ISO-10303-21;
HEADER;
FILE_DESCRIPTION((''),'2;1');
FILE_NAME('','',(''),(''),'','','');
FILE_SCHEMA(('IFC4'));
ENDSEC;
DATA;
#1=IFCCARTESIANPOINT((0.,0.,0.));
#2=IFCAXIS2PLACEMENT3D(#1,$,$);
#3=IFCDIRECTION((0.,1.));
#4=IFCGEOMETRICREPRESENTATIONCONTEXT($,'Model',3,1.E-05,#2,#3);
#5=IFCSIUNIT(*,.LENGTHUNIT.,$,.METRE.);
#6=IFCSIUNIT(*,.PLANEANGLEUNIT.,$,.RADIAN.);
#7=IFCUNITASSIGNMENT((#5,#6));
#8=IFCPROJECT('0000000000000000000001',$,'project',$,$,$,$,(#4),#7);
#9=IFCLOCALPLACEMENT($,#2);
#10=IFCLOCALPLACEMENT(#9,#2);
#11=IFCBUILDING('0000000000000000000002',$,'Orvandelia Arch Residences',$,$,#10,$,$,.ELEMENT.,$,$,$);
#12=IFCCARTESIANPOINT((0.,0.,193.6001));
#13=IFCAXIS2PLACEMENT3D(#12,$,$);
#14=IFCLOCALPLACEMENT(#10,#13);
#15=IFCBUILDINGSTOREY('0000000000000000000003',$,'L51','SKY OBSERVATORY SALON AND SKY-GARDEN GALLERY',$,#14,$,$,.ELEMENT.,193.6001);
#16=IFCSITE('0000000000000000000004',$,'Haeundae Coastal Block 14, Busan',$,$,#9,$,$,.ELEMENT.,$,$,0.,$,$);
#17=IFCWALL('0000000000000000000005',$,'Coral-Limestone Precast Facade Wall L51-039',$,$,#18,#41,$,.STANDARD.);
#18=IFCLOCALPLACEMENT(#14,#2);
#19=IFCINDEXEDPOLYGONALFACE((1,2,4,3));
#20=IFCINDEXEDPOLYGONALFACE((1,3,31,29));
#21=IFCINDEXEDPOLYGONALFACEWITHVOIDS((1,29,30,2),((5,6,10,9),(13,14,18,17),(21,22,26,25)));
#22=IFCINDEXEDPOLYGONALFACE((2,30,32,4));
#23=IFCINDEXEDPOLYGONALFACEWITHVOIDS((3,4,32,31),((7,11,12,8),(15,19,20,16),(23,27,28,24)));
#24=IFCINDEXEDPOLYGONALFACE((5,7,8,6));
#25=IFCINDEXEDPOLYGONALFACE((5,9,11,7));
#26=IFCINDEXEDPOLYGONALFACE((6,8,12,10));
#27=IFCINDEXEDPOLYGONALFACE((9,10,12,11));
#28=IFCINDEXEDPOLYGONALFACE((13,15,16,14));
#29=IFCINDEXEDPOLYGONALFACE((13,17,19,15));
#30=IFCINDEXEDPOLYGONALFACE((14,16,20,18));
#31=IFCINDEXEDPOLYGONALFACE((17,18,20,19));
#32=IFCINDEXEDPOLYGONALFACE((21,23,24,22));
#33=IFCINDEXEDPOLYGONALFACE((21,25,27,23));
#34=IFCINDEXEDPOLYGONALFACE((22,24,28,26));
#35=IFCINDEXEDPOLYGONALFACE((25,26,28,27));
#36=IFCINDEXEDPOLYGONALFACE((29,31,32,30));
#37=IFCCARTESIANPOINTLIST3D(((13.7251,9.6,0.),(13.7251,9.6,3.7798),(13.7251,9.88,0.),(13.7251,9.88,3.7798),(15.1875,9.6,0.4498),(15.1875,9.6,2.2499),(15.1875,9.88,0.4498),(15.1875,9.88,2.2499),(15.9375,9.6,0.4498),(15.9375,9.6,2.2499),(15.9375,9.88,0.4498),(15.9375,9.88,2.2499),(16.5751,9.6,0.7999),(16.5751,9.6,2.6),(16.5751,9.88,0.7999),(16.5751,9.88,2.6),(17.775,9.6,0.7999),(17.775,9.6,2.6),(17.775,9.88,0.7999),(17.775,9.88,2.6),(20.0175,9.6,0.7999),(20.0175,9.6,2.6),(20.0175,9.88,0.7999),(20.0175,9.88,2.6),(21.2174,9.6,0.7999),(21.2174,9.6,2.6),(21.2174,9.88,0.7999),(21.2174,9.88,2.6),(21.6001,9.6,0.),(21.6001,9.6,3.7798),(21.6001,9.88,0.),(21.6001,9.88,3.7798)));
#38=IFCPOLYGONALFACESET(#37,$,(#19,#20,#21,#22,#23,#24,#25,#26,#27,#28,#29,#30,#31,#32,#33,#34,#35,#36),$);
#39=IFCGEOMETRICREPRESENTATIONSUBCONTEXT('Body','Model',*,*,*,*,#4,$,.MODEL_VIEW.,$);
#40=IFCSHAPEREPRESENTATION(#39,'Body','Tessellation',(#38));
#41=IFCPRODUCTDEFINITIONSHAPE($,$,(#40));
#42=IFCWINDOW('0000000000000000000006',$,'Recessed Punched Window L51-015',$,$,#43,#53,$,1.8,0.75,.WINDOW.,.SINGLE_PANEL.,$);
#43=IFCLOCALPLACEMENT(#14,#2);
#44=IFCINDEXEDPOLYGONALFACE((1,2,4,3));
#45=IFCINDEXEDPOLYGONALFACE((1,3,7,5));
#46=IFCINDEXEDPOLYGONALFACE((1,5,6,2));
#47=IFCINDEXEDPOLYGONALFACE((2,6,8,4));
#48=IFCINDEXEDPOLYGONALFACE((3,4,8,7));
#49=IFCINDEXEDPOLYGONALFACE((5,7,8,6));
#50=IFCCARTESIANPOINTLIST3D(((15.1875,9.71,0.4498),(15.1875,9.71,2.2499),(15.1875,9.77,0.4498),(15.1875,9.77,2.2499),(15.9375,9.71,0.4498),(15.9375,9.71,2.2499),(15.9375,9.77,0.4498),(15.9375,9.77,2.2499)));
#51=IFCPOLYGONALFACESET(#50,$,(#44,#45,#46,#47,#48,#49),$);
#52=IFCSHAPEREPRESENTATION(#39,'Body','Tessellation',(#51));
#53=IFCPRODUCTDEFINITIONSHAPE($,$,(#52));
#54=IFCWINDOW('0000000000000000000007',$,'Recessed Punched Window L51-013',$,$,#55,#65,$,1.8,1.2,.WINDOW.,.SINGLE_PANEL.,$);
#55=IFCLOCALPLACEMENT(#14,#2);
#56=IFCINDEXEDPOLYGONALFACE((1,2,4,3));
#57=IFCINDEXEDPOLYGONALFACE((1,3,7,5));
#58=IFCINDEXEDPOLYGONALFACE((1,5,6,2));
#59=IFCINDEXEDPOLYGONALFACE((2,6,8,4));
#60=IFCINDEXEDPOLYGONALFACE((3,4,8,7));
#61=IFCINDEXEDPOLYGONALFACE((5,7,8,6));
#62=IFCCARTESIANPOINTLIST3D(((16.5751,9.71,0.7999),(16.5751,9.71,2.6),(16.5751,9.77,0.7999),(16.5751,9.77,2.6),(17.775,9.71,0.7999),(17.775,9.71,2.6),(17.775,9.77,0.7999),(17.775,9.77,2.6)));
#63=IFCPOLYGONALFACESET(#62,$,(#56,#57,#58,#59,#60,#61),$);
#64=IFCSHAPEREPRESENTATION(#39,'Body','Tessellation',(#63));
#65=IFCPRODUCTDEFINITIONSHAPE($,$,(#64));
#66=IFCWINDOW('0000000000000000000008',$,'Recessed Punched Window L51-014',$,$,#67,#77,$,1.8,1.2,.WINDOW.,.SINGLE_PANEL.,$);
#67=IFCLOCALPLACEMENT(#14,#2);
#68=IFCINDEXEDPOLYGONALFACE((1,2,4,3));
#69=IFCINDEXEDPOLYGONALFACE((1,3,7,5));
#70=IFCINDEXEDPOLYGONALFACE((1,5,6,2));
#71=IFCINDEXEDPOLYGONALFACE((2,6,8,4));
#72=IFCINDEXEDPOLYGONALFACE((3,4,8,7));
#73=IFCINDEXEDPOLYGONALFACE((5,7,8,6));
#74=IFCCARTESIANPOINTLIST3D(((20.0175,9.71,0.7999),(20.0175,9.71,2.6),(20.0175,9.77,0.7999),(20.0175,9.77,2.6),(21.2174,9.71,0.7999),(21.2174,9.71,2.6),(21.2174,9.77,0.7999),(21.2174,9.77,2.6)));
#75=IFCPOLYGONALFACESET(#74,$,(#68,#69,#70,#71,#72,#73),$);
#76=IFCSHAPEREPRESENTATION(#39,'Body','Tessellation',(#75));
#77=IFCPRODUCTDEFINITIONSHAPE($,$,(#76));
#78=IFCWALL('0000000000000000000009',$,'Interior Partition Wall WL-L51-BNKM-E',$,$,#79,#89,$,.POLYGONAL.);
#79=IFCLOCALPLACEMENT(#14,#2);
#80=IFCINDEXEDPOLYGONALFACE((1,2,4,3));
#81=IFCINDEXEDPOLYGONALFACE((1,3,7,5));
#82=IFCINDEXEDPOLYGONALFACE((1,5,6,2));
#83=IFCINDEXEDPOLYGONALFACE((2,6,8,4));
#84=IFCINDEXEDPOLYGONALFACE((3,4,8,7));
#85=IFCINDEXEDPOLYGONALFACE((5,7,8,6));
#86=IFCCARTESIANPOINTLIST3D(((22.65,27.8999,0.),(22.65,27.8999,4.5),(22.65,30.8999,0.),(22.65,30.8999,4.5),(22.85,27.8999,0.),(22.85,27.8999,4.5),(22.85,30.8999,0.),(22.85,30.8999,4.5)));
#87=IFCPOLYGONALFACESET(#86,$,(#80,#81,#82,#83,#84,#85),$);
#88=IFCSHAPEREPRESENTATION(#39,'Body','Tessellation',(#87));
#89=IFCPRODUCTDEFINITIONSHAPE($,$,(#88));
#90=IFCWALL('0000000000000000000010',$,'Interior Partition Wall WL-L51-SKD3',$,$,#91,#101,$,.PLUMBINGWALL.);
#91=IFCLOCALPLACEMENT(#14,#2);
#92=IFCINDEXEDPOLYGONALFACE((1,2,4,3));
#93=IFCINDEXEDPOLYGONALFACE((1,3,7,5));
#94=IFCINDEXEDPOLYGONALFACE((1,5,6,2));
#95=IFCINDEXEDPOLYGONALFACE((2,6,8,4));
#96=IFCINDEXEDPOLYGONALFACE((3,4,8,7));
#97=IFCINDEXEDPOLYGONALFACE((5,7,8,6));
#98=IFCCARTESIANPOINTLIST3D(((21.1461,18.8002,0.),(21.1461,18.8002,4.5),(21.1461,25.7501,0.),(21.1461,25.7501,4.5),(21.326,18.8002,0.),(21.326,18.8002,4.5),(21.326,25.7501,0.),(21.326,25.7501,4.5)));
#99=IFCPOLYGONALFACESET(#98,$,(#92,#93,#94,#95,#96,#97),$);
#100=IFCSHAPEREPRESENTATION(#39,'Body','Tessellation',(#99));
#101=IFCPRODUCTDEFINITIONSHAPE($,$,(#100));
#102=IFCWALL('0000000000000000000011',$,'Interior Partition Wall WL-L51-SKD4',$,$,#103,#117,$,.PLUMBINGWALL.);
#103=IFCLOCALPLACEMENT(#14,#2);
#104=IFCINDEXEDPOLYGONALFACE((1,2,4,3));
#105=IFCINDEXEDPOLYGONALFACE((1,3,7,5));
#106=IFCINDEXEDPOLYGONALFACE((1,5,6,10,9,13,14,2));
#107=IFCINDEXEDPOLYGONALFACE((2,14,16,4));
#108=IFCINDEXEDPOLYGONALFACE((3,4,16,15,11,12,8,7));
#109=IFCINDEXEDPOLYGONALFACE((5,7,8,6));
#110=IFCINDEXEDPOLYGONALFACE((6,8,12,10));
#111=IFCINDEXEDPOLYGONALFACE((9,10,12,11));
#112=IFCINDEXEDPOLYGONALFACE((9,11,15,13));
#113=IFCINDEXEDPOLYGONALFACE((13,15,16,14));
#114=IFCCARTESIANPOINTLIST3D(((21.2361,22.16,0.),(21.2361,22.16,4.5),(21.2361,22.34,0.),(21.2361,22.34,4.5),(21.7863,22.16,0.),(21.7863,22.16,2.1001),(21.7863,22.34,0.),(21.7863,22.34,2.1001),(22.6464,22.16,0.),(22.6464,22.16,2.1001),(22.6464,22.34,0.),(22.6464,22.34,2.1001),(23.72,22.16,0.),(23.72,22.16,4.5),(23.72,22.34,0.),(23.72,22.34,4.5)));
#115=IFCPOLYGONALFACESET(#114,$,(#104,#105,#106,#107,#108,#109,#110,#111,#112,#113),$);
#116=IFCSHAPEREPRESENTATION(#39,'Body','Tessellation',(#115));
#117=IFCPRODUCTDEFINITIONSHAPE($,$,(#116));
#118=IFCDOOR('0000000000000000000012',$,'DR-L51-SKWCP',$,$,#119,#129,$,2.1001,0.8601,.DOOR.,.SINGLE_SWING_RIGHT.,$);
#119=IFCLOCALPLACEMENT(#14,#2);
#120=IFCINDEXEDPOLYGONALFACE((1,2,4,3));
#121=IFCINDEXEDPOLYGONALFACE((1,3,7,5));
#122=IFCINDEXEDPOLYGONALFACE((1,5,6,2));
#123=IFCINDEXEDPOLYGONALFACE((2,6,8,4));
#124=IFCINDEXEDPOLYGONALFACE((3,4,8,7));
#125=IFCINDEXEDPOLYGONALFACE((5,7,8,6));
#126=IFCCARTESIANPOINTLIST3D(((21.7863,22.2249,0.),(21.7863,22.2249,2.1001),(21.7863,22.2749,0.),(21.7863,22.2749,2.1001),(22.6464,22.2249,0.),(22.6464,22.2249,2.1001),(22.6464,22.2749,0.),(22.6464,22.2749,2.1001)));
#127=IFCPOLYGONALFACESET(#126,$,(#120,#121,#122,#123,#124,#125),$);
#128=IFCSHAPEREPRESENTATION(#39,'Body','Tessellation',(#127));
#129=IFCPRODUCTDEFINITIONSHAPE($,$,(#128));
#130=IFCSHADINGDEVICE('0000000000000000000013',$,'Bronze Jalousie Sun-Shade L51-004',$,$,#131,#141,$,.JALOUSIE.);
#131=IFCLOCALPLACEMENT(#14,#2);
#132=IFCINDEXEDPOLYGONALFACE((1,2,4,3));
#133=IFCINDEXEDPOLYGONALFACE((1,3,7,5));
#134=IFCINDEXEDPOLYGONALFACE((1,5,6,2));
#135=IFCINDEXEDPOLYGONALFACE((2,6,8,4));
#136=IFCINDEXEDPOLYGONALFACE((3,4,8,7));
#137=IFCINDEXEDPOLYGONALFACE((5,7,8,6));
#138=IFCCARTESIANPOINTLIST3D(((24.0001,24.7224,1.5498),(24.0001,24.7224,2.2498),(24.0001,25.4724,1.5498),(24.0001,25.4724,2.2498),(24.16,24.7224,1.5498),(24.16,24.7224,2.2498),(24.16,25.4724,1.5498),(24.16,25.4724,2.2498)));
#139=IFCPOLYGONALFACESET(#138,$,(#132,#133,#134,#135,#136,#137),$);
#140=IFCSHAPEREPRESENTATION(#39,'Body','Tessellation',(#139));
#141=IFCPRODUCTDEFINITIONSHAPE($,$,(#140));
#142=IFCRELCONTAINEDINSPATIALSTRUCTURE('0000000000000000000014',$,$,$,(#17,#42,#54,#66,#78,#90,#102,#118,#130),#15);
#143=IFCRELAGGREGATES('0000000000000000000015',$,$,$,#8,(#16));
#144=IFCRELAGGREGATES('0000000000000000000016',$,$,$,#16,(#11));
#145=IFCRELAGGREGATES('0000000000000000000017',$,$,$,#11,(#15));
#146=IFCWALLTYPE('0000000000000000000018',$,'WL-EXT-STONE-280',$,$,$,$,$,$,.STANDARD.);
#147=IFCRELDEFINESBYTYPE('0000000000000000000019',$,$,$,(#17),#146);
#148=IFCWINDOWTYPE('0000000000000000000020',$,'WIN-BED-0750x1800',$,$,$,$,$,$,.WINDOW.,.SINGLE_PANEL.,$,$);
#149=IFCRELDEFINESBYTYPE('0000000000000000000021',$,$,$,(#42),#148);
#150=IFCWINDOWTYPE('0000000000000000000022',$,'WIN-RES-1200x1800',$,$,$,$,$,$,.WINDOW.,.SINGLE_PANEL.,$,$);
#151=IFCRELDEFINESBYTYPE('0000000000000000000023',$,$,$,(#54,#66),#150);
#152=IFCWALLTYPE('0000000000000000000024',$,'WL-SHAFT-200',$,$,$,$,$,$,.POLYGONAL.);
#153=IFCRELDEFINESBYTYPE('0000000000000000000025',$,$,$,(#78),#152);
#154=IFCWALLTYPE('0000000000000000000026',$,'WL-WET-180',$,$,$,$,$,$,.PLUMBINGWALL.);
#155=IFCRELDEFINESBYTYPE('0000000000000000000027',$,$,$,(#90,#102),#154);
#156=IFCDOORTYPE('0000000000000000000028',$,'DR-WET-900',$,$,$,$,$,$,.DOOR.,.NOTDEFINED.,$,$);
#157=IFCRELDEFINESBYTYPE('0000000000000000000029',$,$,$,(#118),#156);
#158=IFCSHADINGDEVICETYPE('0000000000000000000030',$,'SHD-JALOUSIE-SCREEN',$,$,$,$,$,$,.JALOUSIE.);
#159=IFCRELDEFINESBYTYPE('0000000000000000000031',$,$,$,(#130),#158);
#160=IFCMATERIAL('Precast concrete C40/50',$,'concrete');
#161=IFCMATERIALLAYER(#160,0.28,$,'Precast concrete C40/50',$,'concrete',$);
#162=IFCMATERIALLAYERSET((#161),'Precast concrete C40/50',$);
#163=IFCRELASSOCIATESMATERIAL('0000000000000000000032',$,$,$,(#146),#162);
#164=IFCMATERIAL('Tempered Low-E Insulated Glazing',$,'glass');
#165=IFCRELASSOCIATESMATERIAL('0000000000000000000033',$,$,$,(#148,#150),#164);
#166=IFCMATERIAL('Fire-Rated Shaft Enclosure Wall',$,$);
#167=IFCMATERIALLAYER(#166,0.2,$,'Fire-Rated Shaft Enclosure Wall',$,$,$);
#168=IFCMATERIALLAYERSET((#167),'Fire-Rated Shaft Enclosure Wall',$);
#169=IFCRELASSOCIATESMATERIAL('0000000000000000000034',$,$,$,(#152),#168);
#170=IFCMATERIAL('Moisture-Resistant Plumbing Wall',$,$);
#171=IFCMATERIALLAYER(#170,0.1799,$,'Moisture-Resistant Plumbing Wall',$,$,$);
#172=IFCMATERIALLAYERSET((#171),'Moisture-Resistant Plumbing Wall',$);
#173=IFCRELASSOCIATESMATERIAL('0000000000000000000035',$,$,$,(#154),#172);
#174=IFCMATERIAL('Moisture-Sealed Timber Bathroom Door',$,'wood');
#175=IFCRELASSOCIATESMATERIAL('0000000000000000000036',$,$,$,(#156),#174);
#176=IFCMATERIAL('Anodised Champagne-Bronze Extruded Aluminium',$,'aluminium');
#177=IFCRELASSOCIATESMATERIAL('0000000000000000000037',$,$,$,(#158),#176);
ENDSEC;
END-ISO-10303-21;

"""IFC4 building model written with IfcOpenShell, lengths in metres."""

from ifc_helpers import new_model, si_unit, direction, frame, frame_2d, origin, origin_2d, place, context, subcontext, project, spatial, rectangle, extrude, material, layer, layer_set, type_object, element, fill, save


model = new_model("IFC4")

# Units and contexts
model_context = context("Model", 3, precision=1e-05, world=origin(), true_north=direction((0.0, 1.0)))
body_context = subcontext(model_context, "Body", "Model", "MODEL_VIEW")
ifc_project = project(units=[si_unit("LENGTHUNIT", "METRE"), si_unit("PLANEANGLEUNIT", "RADIAN")], contexts=[model_context])

# Site, building, storey
site_placement = place(None, origin())
site = spatial("IfcSite", under=ifc_project, at=site_placement, Name="Haeundae Coastal Block 14, Busan", CompositionType="ELEMENT", RefElevation=0.0)
building_placement = place(site_placement, origin())
building = spatial("IfcBuilding", under=site, at=building_placement, Name="Orvandelia Arch Residences", CompositionType="ELEMENT")
storey_placement = place(building_placement, frame((0.0, 0.0, 193.6001)))
storey = spatial("IfcBuildingStorey", under=building, at=storey_placement, Name="L51", Description="SKY OBSERVATORY SALON AND SKY-GARDEN GALLERY", CompositionType="ELEMENT", Elevation=193.6001)

# Shared definitions
ifc_material_1 = material(Name="Precast concrete C40/50", Category="concrete")
ifc_layer_1 = layer(ifc_material_1, 0.28, Name="Precast concrete C40/50", Category="concrete")
ifc_layer_set_1 = layer_set([ifc_layer_1], Name="Precast concrete C40/50")
wall_type_1 = type_object("IfcWallType", Name="WL-EXT-STONE-280", PredefinedType="STANDARD", material=ifc_layer_set_1)

# Shared definitions
ifc_material_2 = material(Name="Tempered Low-E Insulated Glazing", Category="glass")
window_type_1 = type_object("IfcWindowType", Name="WIN-BED-0750x1800", PartitioningType="SINGLE_PANEL", PredefinedType="WINDOW", material=ifc_material_2)

# Wall, openings, windows
wall_1_placement = place(storey_placement, frame((21.6001, 9.74, 0.0), z_axis=(0.0, 0.0, 1.0), x_axis=(-1.0, 0.0, 0.0)))
wall_1 = element("IfcWall", 1, at=wall_1_placement, inside=storey, type_object=wall_type_1, Name="Coral-Limestone Precast Facade Wall L51-039", PredefinedType="STANDARD", context=body_context, shape_type="SweptSolid", body=[
    extrude(rectangle(XDim=7.875, YDim=0.28, at=frame_2d((3.9375, 0.0))), origin(), (0.0, 0.0, 1.0), 3.7798),
])
opening_1_placement = place(wall_1_placement, frame((3.825, 0.0, 0.8)))
opening_1 = element("IfcOpeningElement", 2, at=opening_1_placement, cuts=wall_1, PredefinedType="OPENING", context=body_context, shape_type="SweptSolid", body=[
    extrude(rectangle(XDim=1.2, YDim=1.8, at=frame_2d((0.6001, 0.8999))), frame((0.0, 0.1499, 0.0), z_axis=(0.0, -1.0, 0.0), x_axis=(1.0, 0.0, 0.0)), (0.0, 0.0, 1.0), 0.3),
])
opening_2_placement = place(wall_1_placement, frame((0.3826, 0.0, 0.8)))
opening_2 = element("IfcOpeningElement", 3, at=opening_2_placement, cuts=wall_1, PredefinedType="OPENING", context=body_context, shape_type="SweptSolid", body=[
    extrude(rectangle(XDim=1.2, YDim=1.8, at=frame_2d((0.6001, 0.8999))), frame((0.0, 0.1499, 0.0), z_axis=(0.0, -1.0, 0.0), x_axis=(1.0, 0.0, 0.0)), (0.0, 0.0, 1.0), 0.3),
])
opening_3_placement = place(wall_1_placement, frame((5.6626, 0.0, 0.45)))
opening_3 = element("IfcOpeningElement", 4, at=opening_3_placement, cuts=wall_1, PredefinedType="OPENING", context=body_context, shape_type="SweptSolid", body=[
    extrude(rectangle(XDim=0.75, YDim=1.8, at=frame_2d((0.375, 0.8999))), frame((0.0, 0.1499, 0.0), z_axis=(0.0, -1.0, 0.0), x_axis=(1.0, 0.0, 0.0)), (0.0, 0.0, 1.0), 0.3),
])
window_1_placement = place(opening_3_placement, origin())
window_1 = element("IfcWindow", 5, at=window_1_placement, inside=storey, type_object=window_type_1, Name="Recessed Punched Window L51-015", OverallHeight=1.8, OverallWidth=0.75, PartitioningType="SINGLE_PANEL", PredefinedType="WINDOW", context=body_context, shape_type="SweptSolid", body=[
    extrude(rectangle(XDim=0.75, YDim=1.8, at=frame_2d((0.375, 0.8999))), frame((0.0, 0.03, 0.0), z_axis=(0.0, -1.0, 0.0), x_axis=(1.0, 0.0, 0.0)), (0.0, 0.0, 1.0), 0.0601),
])
fill(opening_3, window_1)
window_type_2 = type_object("IfcWindowType", Name="WIN-RES-1200x1800", PartitioningType="SINGLE_PANEL", PredefinedType="WINDOW", material=ifc_material_2)
window_2_placement = place(opening_1_placement, origin())
window_2 = element("IfcWindow", 6, at=window_2_placement, inside=storey, type_object=window_type_2, Name="Recessed Punched Window L51-013", OverallHeight=1.8, OverallWidth=1.2, PartitioningType="SINGLE_PANEL", PredefinedType="WINDOW", context=body_context, shape_type="SweptSolid", body=[
    extrude(rectangle(XDim=1.2, YDim=1.8, at=frame_2d((0.6001, 0.8999))), frame((0.0, 0.03, 0.0), z_axis=(0.0, -1.0, 0.0), x_axis=(1.0, 0.0, 0.0)), (0.0, 0.0, 1.0), 0.0601),
])
fill(opening_1, window_2)
window_3_placement = place(opening_2_placement, origin())
window_3 = element("IfcWindow", 7, at=window_3_placement, inside=storey, type_object=window_type_2, Name="Recessed Punched Window L51-014", OverallHeight=1.8, OverallWidth=1.2, PartitioningType="SINGLE_PANEL", PredefinedType="WINDOW", context=body_context, shape_type="SweptSolid", body=[
    extrude(rectangle(XDim=1.2, YDim=1.8, at=frame_2d((0.6001, 0.8999))), frame((0.0, 0.03, 0.0), z_axis=(0.0, -1.0, 0.0), x_axis=(1.0, 0.0, 0.0)), (0.0, 0.0, 1.0), 0.0601),
])
fill(opening_2, window_3)

# Walls
ifc_material_3 = material(Name="Fire-Rated Shaft Enclosure Wall")
ifc_layer_2 = layer(ifc_material_3, 0.2, Name="Fire-Rated Shaft Enclosure Wall")
ifc_layer_set_2 = layer_set([ifc_layer_2], Name="Fire-Rated Shaft Enclosure Wall")
wall_type_2 = type_object("IfcWallType", Name="WL-SHAFT-200", PredefinedType="POLYGONAL", material=ifc_layer_set_2)
wall_2_placement = place(storey_placement, frame((22.75, 27.8999, 0.0), z_axis=(0.0, 0.0, 1.0), x_axis=(0.0, 1.0, 0.0)))
element("IfcWall", 8, at=wall_2_placement, inside=storey, type_object=wall_type_2, Name="Interior Partition Wall WL-L51-BNKM-E", PredefinedType="POLYGONAL", context=body_context, shape_type="SweptSolid", body=[
    extrude(rectangle(XDim=3.0, YDim=0.2, at=frame_2d((1.5, 0.0))), origin(), (0.0, 0.0, 1.0), 4.5),
])
ifc_material_4 = material(Name="Moisture-Resistant Plumbing Wall")
ifc_layer_3 = layer(ifc_material_4, 0.1799, Name="Moisture-Resistant Plumbing Wall")
ifc_layer_set_3 = layer_set([ifc_layer_3], Name="Moisture-Resistant Plumbing Wall")
wall_type_3 = type_object("IfcWallType", Name="WL-WET-180", PredefinedType="PLUMBINGWALL", material=ifc_layer_set_3)
wall_3_placement = place(storey_placement, frame((21.2361, 18.8, 0.0), z_axis=(0.0, 0.0, 1.0), x_axis=(0.0, 1.0, 0.0)))
element("IfcWall", 9, at=wall_3_placement, inside=storey, type_object=wall_type_3, Name="Interior Partition Wall WL-L51-SKD3", PredefinedType="PLUMBINGWALL", context=body_context, shape_type="SweptSolid", body=[
    extrude(rectangle(XDim=6.95, YDim=0.1799, at=frame_2d((3.4751, 0.0))), origin(), (0.0, 0.0, 1.0), 4.5),
])

# Wall, opening, door
wall_4_placement = place(storey_placement, frame((21.2361, 22.25, 0.0), z_axis=(0.0, 0.0, 1.0), x_axis=(1.0, 0.0, 0.0)))
wall_4 = element("IfcWall", 10, at=wall_4_placement, inside=storey, type_object=wall_type_3, Name="Interior Partition Wall WL-L51-SKD4", PredefinedType="PLUMBINGWALL", context=body_context, shape_type="SweptSolid", body=[
    extrude(rectangle(XDim=2.4839, YDim=0.1799, at=frame_2d((1.2419, 0.0))), origin(), (0.0, 0.0, 1.0), 4.5),
])
opening_4_placement = place(wall_4_placement, frame((0.55, 0.0, 0.0)))
opening_4 = element("IfcOpeningElement", 11, at=opening_4_placement, cuts=wall_4, PredefinedType="OPENING", context=body_context, shape_type="SweptSolid", body=[
    extrude(rectangle(XDim=0.8601, YDim=2.1001, at=frame_2d((0.4302, 1.05))), frame((0.0, 0.1001, 0.0), z_axis=(0.0, -1.0, 0.0), x_axis=(1.0, 0.0, 0.0)), (0.0, 0.0, 1.0), 0.2),
])
ifc_material_5 = material(Name="Moisture-Sealed Timber Bathroom Door", Category="wood")
door_type = type_object("IfcDoorType", Name="DR-WET-900", OperationType="NOTDEFINED", PredefinedType="DOOR", material=ifc_material_5)
door_placement = place(opening_4_placement, origin())
door = element("IfcDoor", 12, at=door_placement, inside=storey, type_object=door_type, Name="DR-L51-SKWCP", OperationType="SINGLE_SWING_RIGHT", OverallHeight=2.1001, OverallWidth=0.8601, PredefinedType="DOOR", context=body_context, shape_type="SweptSolid", body=[
    extrude(rectangle(XDim=0.8601, YDim=2.1001, at=frame_2d((0.4302, 1.05))), frame((0.0, 0.0249, 0.0), z_axis=(0.0, -1.0, 0.0), x_axis=(1.0, 0.0, 0.0)), (0.0, 0.0, 1.0), 0.05),
])
fill(opening_4, door)

# Shading device
ifc_material_6 = material(Name="Anodised Champagne-Bronze Extruded Aluminium", Category="aluminium")
shading_device_type = type_object("IfcShadingDeviceType", Name="SHD-JALOUSIE-SCREEN", PredefinedType="JALOUSIE", material=ifc_material_6)
shading_device_placement = place(storey_placement, frame((24.0801, 25.0974, 1.5498), z_axis=(0.0, 0.0, 1.0), x_axis=(0.0, -1.0, 0.0)))
element("IfcShadingDevice", 13, at=shading_device_placement, inside=storey, type_object=shading_device_type, Name="Bronze Jalousie Sun-Shade L51-004", PredefinedType="JALOUSIE", context=body_context, shape_type="SweptSolid", body=[
    extrude(rectangle(XDim=0.75, YDim=0.1599, at=origin_2d()), origin(), (0.0, 0.0, 1.0), 0.7),
])

save(model, "model.ifc")
